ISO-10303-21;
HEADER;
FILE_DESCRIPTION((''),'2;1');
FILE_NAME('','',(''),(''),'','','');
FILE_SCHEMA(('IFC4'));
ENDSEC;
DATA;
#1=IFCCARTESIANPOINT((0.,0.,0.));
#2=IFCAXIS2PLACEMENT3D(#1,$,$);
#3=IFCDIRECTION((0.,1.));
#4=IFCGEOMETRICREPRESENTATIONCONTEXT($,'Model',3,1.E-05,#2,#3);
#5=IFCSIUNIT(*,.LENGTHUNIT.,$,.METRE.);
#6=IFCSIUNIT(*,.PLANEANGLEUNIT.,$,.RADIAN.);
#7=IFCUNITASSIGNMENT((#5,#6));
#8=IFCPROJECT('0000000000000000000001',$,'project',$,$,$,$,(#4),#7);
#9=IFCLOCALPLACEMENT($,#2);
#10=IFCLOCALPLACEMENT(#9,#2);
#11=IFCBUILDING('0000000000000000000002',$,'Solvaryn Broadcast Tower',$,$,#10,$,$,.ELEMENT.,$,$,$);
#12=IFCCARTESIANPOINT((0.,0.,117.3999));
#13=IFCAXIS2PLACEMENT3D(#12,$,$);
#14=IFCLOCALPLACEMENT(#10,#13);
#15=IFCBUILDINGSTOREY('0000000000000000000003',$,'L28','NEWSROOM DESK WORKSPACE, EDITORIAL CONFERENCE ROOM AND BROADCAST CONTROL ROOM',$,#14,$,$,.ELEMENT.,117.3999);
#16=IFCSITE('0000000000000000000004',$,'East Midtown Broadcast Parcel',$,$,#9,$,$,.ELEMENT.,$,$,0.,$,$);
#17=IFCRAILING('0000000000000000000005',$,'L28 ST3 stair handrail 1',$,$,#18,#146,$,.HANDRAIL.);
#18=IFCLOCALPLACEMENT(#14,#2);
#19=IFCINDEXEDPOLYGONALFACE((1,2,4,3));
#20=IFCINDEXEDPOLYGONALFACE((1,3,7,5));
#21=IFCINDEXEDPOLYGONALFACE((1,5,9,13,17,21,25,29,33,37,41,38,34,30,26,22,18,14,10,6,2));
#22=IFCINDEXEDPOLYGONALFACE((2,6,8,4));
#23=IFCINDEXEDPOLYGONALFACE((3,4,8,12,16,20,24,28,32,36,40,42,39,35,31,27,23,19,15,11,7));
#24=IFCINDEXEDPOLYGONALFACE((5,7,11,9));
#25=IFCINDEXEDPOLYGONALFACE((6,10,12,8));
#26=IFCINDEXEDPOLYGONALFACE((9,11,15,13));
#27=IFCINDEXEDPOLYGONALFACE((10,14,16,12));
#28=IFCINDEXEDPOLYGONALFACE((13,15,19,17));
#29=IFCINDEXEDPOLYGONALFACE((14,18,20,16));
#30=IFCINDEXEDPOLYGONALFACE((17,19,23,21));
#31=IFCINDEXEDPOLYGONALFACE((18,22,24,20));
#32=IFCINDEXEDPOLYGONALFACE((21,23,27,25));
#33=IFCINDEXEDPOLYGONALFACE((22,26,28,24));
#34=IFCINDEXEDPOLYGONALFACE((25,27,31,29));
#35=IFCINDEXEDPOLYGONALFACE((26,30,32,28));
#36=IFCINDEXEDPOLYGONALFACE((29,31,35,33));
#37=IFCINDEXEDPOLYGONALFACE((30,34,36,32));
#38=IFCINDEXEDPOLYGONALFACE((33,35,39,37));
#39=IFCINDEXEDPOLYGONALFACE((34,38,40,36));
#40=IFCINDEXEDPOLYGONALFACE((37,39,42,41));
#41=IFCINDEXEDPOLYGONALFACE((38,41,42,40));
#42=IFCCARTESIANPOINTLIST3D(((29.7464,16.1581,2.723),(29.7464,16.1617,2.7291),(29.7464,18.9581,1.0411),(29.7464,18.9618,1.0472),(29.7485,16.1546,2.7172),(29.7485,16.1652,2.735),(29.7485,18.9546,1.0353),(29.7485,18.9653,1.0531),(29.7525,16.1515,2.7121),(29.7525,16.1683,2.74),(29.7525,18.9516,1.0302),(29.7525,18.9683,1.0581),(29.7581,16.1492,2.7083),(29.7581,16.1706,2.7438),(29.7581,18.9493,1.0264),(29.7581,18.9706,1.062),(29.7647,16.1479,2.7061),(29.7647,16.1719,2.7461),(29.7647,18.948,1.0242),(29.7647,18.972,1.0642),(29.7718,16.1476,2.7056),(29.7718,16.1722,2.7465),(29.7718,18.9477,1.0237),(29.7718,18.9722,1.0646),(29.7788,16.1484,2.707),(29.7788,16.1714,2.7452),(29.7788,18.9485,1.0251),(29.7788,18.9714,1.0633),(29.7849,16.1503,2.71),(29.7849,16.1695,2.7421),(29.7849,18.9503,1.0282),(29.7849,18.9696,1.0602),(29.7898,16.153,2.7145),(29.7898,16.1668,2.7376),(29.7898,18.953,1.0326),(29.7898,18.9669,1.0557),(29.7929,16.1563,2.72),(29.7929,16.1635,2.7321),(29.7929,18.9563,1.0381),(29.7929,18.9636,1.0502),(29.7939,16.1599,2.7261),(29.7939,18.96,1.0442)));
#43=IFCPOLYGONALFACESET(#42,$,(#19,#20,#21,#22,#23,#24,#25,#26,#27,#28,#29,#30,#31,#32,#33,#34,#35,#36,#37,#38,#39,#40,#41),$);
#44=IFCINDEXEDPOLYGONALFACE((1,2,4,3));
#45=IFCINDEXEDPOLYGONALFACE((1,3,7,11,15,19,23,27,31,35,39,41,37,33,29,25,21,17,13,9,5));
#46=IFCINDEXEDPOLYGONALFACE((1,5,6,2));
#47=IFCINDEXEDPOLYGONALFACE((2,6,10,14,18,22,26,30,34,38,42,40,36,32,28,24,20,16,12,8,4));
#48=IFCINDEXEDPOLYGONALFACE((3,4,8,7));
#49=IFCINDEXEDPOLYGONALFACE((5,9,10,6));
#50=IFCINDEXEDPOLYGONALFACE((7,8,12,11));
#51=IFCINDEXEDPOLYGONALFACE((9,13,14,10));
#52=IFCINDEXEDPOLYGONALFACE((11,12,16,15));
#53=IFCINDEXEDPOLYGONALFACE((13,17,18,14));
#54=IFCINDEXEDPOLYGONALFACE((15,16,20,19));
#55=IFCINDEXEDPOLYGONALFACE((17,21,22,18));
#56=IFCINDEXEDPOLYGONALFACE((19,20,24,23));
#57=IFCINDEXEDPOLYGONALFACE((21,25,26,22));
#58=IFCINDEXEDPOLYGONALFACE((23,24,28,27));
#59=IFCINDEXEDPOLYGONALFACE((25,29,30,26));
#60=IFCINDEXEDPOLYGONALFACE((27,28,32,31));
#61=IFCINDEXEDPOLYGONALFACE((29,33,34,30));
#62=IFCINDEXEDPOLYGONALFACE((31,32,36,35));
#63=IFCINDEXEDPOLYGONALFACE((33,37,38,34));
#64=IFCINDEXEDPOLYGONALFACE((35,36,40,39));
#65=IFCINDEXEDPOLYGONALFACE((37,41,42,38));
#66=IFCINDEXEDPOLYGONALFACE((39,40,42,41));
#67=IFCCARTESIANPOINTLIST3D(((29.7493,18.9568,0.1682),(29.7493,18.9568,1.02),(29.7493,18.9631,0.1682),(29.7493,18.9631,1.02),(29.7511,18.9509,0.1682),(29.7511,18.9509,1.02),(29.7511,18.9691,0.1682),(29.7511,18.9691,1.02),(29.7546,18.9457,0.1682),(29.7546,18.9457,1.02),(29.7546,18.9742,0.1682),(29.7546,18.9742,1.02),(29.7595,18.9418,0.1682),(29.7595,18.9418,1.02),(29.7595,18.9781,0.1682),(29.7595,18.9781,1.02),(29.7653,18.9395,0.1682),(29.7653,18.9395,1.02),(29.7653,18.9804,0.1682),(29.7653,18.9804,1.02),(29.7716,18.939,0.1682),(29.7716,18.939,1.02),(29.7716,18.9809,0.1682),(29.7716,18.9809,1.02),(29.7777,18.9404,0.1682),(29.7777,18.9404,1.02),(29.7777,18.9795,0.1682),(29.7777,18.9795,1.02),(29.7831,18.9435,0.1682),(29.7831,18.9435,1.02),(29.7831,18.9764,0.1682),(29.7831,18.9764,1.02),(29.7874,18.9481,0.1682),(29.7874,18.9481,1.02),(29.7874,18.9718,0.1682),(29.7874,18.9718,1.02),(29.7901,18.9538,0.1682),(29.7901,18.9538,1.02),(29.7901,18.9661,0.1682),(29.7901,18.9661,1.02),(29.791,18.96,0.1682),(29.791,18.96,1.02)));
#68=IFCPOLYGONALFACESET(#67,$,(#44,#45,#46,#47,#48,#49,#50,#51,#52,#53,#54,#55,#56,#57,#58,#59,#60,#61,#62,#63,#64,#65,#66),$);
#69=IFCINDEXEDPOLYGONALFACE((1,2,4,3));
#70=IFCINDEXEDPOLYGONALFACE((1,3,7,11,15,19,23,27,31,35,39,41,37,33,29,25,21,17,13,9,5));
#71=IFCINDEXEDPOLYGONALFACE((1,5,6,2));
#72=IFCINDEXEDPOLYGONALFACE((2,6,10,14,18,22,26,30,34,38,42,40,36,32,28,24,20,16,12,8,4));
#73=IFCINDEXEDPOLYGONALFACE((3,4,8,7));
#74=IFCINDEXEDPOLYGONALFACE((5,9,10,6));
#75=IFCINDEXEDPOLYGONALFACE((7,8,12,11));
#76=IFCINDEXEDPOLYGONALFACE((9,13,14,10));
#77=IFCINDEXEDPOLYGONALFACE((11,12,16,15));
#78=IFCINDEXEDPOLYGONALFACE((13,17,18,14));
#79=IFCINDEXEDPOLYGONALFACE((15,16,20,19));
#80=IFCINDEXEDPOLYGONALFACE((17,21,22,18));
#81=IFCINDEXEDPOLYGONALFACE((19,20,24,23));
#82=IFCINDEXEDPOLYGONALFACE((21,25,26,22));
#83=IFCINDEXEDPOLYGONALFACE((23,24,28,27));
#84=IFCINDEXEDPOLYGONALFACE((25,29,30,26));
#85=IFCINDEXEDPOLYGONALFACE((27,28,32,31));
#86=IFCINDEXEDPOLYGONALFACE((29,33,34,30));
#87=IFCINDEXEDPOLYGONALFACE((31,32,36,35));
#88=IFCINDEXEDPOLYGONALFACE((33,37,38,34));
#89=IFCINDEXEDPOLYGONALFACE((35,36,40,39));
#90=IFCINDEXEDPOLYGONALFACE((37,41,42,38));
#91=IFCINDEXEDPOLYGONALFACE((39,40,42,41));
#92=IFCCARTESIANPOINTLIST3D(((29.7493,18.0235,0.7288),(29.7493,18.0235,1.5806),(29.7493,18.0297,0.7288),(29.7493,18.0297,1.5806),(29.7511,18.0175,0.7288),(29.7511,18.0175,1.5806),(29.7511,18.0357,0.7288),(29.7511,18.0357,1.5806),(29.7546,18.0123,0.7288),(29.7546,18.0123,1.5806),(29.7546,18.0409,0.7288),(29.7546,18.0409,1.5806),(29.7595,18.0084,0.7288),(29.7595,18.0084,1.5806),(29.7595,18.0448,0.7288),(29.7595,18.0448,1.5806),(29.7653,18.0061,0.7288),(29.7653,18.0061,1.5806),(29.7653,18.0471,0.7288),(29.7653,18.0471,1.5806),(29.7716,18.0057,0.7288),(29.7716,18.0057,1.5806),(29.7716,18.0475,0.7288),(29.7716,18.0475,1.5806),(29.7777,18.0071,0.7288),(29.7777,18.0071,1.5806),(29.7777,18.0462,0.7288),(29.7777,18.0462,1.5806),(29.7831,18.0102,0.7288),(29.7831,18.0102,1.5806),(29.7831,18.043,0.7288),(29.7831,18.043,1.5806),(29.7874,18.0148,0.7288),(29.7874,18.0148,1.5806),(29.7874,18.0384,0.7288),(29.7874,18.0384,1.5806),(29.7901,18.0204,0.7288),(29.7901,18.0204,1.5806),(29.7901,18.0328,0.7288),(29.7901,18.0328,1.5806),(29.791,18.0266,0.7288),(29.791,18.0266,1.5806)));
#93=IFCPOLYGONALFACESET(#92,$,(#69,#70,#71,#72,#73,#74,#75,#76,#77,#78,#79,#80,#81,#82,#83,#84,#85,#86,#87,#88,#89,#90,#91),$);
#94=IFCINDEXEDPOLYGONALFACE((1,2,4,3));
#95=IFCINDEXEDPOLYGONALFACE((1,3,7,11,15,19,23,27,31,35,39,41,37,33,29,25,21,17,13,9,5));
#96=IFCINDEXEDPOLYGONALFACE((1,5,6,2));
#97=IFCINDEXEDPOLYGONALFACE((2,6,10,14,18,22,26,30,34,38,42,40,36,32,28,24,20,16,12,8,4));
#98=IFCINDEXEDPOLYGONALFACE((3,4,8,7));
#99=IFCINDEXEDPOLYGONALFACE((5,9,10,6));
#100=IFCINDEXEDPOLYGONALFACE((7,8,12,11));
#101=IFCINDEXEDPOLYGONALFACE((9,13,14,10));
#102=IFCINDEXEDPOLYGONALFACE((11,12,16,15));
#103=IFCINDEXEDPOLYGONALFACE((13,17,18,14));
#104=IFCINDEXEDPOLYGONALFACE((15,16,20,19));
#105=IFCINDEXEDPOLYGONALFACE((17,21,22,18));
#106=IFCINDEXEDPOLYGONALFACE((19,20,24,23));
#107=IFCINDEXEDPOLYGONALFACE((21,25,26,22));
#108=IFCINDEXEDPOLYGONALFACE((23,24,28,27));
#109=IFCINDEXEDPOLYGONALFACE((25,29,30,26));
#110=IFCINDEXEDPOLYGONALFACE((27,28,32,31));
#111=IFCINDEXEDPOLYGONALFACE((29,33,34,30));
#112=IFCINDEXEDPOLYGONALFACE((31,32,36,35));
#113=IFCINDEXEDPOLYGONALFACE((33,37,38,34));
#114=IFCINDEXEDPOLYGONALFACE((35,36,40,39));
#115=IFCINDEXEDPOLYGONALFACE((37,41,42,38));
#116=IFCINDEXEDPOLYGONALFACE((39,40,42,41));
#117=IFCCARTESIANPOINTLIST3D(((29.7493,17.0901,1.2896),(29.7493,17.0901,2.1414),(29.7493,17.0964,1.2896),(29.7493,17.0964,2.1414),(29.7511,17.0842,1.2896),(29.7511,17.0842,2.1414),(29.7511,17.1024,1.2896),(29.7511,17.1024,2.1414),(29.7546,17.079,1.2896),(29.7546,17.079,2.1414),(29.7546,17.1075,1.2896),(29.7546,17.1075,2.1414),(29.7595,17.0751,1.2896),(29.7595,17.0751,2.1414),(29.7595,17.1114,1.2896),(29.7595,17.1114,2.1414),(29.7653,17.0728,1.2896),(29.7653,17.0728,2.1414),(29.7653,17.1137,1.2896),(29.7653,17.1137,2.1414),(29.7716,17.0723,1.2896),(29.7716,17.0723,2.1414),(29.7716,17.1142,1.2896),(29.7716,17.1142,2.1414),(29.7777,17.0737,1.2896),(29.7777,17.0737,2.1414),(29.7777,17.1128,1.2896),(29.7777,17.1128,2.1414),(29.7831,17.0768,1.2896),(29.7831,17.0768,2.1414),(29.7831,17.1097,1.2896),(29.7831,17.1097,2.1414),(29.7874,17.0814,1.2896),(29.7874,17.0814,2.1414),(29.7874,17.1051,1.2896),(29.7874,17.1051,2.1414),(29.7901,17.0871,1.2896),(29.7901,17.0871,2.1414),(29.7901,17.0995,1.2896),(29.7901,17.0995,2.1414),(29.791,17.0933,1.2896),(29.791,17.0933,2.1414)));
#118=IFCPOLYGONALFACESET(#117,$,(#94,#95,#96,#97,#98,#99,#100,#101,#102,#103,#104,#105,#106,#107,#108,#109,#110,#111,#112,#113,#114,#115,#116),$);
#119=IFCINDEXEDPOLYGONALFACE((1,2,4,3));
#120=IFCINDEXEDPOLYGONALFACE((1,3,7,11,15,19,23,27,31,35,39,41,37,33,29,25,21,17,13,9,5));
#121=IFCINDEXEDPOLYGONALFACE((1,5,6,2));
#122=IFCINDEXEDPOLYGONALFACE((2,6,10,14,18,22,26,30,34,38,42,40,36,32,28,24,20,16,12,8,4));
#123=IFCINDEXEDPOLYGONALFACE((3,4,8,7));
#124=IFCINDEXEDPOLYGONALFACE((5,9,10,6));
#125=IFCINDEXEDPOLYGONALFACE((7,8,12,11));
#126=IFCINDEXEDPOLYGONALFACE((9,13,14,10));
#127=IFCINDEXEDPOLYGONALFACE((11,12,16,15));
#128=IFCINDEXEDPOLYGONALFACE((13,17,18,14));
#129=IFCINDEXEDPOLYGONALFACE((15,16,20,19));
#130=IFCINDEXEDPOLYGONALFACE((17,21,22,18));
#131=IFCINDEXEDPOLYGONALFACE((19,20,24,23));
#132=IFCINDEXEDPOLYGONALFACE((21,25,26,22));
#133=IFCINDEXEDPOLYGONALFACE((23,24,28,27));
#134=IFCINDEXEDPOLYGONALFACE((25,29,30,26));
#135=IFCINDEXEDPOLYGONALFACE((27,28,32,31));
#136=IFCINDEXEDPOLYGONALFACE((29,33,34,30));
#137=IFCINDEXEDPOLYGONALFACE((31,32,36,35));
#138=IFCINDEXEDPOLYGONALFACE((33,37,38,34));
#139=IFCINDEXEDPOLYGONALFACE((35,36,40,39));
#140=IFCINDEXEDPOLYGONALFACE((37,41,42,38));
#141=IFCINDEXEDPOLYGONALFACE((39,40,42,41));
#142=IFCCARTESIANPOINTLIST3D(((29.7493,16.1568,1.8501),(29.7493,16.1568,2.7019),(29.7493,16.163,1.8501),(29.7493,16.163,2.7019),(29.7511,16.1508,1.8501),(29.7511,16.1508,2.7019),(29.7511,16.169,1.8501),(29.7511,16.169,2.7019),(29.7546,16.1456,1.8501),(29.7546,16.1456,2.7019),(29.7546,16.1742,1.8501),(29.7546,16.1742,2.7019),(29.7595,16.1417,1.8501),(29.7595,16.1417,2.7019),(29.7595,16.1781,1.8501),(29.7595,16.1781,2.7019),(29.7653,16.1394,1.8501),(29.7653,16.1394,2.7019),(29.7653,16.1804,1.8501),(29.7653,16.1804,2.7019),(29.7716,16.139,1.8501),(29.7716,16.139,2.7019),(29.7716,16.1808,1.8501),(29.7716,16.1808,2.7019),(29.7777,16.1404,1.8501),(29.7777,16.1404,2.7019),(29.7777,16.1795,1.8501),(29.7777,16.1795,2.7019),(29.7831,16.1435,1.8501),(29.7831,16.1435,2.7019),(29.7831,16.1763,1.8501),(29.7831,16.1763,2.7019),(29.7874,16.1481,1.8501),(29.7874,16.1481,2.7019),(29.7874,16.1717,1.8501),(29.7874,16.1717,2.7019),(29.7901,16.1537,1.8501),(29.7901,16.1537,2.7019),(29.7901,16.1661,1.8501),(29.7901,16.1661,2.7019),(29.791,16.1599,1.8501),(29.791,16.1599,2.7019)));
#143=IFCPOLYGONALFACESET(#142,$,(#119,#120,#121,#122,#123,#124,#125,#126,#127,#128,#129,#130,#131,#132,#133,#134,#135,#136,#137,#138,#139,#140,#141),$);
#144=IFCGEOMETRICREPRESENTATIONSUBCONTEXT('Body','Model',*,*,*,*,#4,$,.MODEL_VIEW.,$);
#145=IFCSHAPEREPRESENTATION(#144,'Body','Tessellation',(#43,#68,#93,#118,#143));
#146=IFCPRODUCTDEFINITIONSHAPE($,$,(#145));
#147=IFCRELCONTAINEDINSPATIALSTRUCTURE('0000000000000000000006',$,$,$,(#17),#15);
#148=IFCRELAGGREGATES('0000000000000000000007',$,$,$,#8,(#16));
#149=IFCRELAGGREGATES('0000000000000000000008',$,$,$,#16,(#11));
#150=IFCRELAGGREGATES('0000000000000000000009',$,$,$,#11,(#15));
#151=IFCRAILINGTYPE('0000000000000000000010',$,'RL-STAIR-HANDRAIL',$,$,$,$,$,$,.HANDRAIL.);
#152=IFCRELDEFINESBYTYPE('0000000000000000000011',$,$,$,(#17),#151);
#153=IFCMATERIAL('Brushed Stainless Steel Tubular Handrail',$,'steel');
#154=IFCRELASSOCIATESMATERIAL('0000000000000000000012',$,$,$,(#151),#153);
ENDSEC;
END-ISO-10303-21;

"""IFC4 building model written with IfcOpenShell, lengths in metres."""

from ifc_helpers import new_model, si_unit, direction, frame, origin, origin_2d, place, context, subcontext, project, spatial, circle, extrude, material, type_object, element, save


model = new_model("IFC4")

# Units and contexts
model_context = context("Model", 3, precision=1e-05, world=origin(), true_north=direction((0.0, 1.0)))
body_context = subcontext(model_context, "Body", "Model", "MODEL_VIEW")
ifc_project = project(units=[si_unit("LENGTHUNIT", "METRE"), si_unit("PLANEANGLEUNIT", "RADIAN")], contexts=[model_context])

# Site, building, storey
site_placement = place(None, origin())
site = spatial("IfcSite", under=ifc_project, at=site_placement, Name="East Midtown Broadcast Parcel", CompositionType="ELEMENT", RefElevation=0.0)
building_placement = place(site_placement, origin())
building = spatial("IfcBuilding", under=site, at=building_placement, Name="Solvaryn Broadcast Tower", CompositionType="ELEMENT")
storey_placement = place(building_placement, frame((0.0, 0.0, 117.3999)))
storey = spatial("IfcBuildingStorey", under=building, at=storey_placement, Name="L28", Description="NEWSROOM DESK WORKSPACE, EDITORIAL CONFERENCE ROOM AND BROADCAST CONTROL ROOM", CompositionType="ELEMENT", Elevation=117.3999)

# Railing
ifc_material_1 = material(Name="Brushed Stainless Steel Tubular Handrail", Category="steel")
railing_type_1 = type_object("IfcRailingType", Name="RL-STAIR-HANDRAIL", PredefinedType="HANDRAIL", material=ifc_material_1)
railing_1_placement = place(storey_placement, frame((29.77, 18.96, 0.1682)))
element("IfcRailing", 1, at=railing_1_placement, inside=storey, type_object=railing_type_1, Name="L28 ST3 stair handrail 1", PredefinedType="HANDRAIL", context=body_context, shape_type="SweptSolid", body=[
    extrude(circle(Radius=0.0239, at=origin_2d()), frame((0.0, 0.0, 0.876), z_axis=(0.0, -0.857242, 0.514913), x_axis=(1.0, 0.0, 0.0)), (0.0, 0.0, 1.0), 3.2664),
    extrude(circle(Radius=0.021, at=origin_2d()), origin(), (0.0, 0.0, 1.0), 0.8518),
    extrude(circle(Radius=0.021, at=origin_2d()), frame((0.0, -0.9333, 0.5605)), (0.0, 0.0, 1.0), 0.8518),
    extrude(circle(Radius=0.021, at=origin_2d()), frame((0.0, -1.8667, 1.1213)), (0.0, 0.0, 1.0), 0.8518),
    extrude(circle(Radius=0.021, at=origin_2d()), frame((0.0, -2.8, 1.6819)), (0.0, 0.0, 1.0), 0.8518),
])

save(model, "model.ifc")
